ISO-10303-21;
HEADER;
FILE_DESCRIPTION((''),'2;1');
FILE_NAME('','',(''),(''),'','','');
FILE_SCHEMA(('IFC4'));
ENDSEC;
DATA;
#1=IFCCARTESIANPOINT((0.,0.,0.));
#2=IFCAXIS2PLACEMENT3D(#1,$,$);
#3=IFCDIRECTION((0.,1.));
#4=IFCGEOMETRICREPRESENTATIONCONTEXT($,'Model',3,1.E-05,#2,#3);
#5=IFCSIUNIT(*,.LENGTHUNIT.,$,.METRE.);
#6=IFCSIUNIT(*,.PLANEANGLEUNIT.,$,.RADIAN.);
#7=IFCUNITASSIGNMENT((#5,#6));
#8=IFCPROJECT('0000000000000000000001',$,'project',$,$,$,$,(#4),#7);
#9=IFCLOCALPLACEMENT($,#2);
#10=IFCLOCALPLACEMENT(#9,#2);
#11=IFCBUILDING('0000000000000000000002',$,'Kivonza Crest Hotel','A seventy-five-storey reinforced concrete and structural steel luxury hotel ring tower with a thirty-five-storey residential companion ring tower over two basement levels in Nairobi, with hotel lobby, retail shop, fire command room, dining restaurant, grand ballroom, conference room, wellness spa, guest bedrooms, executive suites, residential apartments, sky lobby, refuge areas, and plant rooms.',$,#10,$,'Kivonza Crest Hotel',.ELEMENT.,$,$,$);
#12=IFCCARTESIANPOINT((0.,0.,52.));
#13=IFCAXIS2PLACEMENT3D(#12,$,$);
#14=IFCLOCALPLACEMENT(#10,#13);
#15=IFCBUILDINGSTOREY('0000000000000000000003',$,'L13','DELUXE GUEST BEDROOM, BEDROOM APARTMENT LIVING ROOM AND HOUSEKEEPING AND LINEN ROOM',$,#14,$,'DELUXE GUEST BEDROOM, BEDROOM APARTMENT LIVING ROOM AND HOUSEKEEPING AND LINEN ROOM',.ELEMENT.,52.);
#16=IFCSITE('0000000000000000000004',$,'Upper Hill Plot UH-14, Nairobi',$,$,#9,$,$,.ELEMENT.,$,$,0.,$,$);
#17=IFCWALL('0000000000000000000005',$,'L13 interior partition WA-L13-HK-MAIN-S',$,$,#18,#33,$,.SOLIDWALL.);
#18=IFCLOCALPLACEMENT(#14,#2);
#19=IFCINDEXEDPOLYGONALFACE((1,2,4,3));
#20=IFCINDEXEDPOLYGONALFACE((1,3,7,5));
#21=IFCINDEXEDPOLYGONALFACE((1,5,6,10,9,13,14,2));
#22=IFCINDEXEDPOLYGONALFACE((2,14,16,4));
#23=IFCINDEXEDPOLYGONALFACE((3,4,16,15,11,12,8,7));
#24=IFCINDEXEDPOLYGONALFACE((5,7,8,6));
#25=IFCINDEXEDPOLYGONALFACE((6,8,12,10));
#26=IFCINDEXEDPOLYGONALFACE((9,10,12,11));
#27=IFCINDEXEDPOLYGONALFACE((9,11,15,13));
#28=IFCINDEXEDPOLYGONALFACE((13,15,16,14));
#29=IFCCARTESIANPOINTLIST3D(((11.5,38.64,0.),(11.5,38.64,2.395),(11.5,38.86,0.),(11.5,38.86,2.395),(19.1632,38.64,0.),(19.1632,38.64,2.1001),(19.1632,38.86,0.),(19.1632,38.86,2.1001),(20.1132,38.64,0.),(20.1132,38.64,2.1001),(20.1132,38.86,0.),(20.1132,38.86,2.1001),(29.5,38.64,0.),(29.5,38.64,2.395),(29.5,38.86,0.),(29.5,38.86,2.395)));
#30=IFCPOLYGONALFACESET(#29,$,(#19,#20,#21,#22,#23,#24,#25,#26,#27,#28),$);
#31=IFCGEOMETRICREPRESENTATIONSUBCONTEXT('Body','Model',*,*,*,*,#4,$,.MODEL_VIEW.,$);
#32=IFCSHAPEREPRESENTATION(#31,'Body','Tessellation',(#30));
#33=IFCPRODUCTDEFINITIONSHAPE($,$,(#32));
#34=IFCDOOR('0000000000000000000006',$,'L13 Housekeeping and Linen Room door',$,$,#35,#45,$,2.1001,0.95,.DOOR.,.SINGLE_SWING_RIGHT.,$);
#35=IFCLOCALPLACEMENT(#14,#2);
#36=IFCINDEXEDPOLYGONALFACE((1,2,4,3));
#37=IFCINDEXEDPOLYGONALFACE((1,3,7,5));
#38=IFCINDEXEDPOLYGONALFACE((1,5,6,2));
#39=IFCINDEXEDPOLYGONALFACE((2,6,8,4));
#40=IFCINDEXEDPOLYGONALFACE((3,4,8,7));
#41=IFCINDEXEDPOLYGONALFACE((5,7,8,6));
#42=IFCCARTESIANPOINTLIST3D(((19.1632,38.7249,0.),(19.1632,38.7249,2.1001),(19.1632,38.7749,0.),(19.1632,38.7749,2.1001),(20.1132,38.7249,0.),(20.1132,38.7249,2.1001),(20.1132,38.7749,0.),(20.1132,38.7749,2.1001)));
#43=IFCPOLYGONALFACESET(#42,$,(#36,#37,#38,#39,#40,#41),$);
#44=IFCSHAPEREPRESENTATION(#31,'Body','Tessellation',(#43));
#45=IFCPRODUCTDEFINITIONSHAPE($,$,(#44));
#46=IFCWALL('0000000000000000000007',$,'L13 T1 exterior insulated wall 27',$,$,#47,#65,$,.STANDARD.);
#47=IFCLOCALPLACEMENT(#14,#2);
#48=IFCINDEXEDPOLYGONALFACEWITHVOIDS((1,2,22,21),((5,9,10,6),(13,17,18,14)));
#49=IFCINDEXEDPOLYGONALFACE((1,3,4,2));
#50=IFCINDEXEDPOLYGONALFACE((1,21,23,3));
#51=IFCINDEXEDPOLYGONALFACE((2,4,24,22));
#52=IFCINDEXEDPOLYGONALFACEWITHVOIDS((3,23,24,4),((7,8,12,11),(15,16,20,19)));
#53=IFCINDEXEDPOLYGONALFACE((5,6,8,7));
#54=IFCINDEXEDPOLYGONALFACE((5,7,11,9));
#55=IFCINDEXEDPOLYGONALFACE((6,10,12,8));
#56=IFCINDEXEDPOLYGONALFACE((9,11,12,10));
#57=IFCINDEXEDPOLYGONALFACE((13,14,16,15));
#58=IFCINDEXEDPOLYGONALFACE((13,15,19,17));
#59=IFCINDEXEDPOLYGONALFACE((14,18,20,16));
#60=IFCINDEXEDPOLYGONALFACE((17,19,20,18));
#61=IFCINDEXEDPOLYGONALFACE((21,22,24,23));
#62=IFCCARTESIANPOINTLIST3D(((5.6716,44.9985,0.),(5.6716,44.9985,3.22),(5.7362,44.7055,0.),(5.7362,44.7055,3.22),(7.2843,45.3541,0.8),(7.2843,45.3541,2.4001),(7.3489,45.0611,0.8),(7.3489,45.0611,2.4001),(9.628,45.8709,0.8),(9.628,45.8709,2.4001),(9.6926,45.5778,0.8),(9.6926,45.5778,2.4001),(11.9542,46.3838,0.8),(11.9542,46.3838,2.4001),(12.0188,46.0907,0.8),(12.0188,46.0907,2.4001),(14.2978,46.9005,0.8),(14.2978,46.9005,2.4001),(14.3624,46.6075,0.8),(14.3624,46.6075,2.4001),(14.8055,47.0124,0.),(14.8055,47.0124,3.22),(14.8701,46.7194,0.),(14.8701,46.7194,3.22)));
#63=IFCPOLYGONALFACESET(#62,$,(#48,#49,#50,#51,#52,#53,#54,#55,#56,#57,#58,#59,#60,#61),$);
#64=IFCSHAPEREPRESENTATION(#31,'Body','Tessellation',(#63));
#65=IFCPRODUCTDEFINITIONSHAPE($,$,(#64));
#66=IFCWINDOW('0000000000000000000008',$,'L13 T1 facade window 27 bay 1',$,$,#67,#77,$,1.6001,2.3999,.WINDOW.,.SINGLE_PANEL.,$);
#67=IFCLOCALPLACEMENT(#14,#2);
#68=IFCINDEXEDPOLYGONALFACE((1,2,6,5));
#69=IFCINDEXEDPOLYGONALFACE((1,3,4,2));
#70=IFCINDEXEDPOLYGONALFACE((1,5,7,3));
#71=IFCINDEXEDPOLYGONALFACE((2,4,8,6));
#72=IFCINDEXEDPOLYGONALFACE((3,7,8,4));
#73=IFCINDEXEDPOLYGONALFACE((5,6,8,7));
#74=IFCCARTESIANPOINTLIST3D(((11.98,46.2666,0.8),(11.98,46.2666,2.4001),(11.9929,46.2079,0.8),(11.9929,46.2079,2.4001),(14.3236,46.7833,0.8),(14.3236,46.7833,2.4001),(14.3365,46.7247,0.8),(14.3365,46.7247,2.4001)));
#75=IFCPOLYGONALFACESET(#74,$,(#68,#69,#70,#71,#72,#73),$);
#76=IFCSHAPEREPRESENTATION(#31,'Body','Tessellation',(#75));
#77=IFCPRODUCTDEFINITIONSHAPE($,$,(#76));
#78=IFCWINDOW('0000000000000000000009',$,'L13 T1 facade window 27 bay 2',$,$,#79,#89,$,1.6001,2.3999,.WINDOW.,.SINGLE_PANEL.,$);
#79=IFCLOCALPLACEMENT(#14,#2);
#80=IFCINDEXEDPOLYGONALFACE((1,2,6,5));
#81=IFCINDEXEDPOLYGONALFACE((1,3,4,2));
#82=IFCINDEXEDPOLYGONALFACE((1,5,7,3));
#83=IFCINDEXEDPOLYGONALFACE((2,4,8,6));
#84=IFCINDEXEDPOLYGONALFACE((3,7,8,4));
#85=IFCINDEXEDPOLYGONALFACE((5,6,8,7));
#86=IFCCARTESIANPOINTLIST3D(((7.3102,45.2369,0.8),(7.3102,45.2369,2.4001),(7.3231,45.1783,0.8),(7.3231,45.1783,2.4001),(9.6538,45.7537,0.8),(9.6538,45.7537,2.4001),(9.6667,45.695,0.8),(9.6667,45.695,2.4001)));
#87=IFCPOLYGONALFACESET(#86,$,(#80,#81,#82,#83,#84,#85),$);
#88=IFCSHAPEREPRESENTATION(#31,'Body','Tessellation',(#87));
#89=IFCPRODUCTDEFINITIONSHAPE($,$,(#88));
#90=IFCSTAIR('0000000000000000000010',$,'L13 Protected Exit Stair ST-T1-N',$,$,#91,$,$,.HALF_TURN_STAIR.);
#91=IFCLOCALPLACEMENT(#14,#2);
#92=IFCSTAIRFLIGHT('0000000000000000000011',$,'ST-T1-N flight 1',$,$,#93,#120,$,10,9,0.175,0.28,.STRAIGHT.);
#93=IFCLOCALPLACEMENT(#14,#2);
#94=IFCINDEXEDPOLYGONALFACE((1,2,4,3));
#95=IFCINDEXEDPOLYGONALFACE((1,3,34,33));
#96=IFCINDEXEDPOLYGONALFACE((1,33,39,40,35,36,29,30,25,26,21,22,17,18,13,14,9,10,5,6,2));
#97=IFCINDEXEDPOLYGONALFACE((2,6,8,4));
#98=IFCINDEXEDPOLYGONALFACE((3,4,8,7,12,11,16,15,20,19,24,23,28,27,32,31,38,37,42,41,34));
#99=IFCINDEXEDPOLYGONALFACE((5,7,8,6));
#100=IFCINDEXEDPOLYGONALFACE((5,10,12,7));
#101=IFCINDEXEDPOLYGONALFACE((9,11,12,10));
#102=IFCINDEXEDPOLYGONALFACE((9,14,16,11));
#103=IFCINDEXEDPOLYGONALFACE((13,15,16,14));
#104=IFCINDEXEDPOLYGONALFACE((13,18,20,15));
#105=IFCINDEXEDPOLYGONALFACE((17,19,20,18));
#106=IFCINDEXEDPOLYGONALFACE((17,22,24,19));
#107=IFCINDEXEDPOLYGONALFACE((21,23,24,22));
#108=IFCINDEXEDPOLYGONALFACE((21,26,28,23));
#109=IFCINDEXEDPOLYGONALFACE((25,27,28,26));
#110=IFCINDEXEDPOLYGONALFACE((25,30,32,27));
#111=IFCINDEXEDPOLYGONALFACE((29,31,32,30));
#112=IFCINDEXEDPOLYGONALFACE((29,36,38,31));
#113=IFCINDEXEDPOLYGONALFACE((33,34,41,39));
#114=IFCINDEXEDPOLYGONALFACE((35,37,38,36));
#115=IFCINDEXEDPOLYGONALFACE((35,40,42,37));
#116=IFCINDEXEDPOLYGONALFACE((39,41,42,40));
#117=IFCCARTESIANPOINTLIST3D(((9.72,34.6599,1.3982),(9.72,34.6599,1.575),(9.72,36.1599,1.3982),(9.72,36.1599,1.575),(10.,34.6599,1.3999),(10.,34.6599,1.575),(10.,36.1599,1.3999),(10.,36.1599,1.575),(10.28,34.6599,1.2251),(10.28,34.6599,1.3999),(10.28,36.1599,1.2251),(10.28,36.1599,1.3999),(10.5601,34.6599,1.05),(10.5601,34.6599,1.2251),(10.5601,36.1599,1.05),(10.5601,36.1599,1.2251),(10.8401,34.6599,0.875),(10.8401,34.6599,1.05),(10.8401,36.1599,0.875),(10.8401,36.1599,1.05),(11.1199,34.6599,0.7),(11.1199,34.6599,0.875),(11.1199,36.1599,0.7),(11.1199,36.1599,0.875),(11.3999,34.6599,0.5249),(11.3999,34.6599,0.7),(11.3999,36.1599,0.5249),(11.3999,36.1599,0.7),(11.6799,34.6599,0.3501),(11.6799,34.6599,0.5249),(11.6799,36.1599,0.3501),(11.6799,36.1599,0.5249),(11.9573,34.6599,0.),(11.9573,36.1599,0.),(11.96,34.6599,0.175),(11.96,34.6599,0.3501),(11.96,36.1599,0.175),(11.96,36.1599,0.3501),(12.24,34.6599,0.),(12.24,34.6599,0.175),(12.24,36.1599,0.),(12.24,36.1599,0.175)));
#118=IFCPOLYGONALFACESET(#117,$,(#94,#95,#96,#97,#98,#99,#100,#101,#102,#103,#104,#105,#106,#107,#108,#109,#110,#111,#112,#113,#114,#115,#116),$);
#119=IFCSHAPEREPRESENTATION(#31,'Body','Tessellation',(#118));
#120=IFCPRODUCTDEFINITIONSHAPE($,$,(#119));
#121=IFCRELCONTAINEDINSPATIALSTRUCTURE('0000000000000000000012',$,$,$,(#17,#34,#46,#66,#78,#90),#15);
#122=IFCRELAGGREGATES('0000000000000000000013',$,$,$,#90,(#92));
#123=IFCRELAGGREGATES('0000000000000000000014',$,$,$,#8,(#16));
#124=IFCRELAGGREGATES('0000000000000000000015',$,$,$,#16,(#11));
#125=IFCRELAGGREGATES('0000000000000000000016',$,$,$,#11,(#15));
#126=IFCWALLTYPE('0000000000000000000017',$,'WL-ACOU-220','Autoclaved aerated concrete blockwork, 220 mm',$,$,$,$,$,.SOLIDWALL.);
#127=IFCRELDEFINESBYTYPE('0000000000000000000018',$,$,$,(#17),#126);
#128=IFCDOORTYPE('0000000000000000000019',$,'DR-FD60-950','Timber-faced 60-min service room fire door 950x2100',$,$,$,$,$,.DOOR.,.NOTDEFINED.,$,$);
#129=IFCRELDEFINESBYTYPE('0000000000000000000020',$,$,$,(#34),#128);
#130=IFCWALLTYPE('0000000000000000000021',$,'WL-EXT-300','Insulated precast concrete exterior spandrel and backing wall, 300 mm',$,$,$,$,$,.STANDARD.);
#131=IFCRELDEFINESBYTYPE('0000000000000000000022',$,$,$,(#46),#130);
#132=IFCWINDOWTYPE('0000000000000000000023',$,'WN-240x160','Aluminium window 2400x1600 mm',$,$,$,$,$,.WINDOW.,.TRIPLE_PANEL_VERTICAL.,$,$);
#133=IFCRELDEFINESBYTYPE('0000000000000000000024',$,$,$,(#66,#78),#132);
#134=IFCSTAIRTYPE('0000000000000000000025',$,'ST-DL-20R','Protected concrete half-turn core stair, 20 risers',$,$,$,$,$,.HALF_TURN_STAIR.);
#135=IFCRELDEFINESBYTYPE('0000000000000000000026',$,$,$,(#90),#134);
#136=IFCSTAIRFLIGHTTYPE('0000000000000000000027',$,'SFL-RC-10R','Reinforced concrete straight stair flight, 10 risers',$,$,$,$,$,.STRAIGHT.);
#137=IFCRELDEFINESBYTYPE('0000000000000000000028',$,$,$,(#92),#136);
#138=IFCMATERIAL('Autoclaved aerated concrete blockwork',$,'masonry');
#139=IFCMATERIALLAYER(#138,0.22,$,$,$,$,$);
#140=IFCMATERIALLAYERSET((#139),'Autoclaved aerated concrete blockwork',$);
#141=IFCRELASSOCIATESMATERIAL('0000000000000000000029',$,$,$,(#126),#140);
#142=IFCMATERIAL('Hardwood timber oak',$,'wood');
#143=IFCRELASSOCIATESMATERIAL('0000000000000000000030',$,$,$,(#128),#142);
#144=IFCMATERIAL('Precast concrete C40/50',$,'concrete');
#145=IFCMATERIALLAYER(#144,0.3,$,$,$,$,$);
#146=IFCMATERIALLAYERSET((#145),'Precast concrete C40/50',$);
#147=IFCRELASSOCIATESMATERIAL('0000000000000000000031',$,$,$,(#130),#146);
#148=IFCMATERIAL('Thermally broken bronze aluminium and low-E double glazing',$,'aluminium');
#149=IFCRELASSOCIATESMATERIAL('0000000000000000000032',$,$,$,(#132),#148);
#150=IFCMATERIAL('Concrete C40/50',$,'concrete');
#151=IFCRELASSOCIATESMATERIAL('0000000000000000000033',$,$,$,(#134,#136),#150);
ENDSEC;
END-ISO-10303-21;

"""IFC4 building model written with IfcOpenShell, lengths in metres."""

from ifc_helpers import new_model, si_unit, direction, frame, frame_2d, origin, place, context, subcontext, project, spatial, polyline, rectangle, outline, extrude, material, layer, layer_set, type_object, element, fill, aggregate, save


model = new_model("IFC4")

# Units and contexts
model_context = context("Model", 3, precision=1e-05, world=origin(), true_north=direction((0.0, 1.0)))
body_context = subcontext(model_context, "Body", "Model", "MODEL_VIEW")
ifc_project = project(units=[si_unit("LENGTHUNIT", "METRE"), si_unit("PLANEANGLEUNIT", "RADIAN")], contexts=[model_context])

# Site, building, storey
site_placement = place(None, origin())
site = spatial("IfcSite", under=ifc_project, at=site_placement, Name="Upper Hill Plot UH-14, Nairobi", CompositionType="ELEMENT", RefElevation=0.0)
building_placement = place(site_placement, origin())
building = spatial("IfcBuilding", under=site, at=building_placement, Name="Kivonza Crest Hotel", Description="A seventy-five-storey reinforced concrete and structural steel luxury hotel ring tower with a thirty-five-storey residential companion ring tower over two basement levels in Nairobi, with hotel lobby, retail shop, fire command room, dining restaurant, grand ballroom, conference room, wellness spa, guest bedrooms, executive suites, residential apartments, sky lobby, refuge areas, and plant rooms.", LongName="Kivonza Crest Hotel", CompositionType="ELEMENT")
storey_placement = place(building_placement, frame((0.0, 0.0, 52.0)))
storey = spatial("IfcBuildingStorey", under=building, at=storey_placement, Name="L13", Description="DELUXE GUEST BEDROOM, BEDROOM APARTMENT LIVING ROOM AND HOUSEKEEPING AND LINEN ROOM", LongName="DELUXE GUEST BEDROOM, BEDROOM APARTMENT LIVING ROOM AND HOUSEKEEPING AND LINEN ROOM", CompositionType="ELEMENT", Elevation=52.0)

# Wall, opening, door
ifc_material_1 = material(Name="Autoclaved aerated concrete blockwork", Category="masonry")
ifc_layer_1 = layer(ifc_material_1, 0.22)
ifc_layer_set_1 = layer_set([ifc_layer_1], Name="Autoclaved aerated concrete blockwork")
wall_type_1 = type_object("IfcWallType", Name="WL-ACOU-220", Description="Autoclaved aerated concrete blockwork, 220 mm", PredefinedType="SOLIDWALL", material=ifc_layer_set_1)
wall_1_placement = place(storey_placement, frame((11.5, 38.75, 0.0), z_axis=(0.0, 0.0, 1.0), x_axis=(1.0, 0.0, 0.0)))
wall_1 = element("IfcWall", 1, at=wall_1_placement, inside=storey, type_object=wall_type_1, Name="L13 interior partition WA-L13-HK-MAIN-S", PredefinedType="SOLIDWALL", context=body_context, shape_type="SweptSolid", body=[
    extrude(rectangle(XDim=18.0, YDim=0.22, at=frame_2d((9.0, 0.0))), origin(), (0.0, 0.0, 1.0), 2.395),
])
opening_1_placement = place(wall_1_placement, frame((7.6631, 0.0, 0.0)))
opening_1 = element("IfcOpeningElement", 2, at=opening_1_placement, cuts=wall_1, PredefinedType="OPENING", context=body_context, shape_type="SweptSolid", body=[
    extrude(rectangle(XDim=0.95, YDim=2.1001, at=frame_2d((0.4751, 1.05))), frame((0.0, 0.1201, 0.0), z_axis=(0.0, -1.0, 0.0), x_axis=(1.0, 0.0, 0.0)), (0.0, 0.0, 1.0), 0.24),
])
ifc_material_2 = material(Name="Hardwood timber oak", Category="wood")
door_type = type_object("IfcDoorType", Name="DR-FD60-950", Description="Timber-faced 60-min service room fire door 950x2100", OperationType="NOTDEFINED", PredefinedType="DOOR", material=ifc_material_2)
door_placement = place(opening_1_placement, origin())
door = element("IfcDoor", 3, at=door_placement, inside=storey, type_object=door_type, Name="L13 Housekeeping and Linen Room door", OperationType="SINGLE_SWING_RIGHT", OverallHeight=2.1001, OverallWidth=0.95, PredefinedType="DOOR", context=body_context, shape_type="SweptSolid", body=[
    extrude(rectangle(XDim=0.95, YDim=2.1001, at=frame_2d((0.4751, 1.05))), frame((0.0, 0.0249, 0.0), z_axis=(0.0, -1.0, 0.0), x_axis=(1.0, 0.0, 0.0)), (0.0, 0.0, 1.0), 0.05),
])
fill(opening_1, door)

# Wall, openings, windows
ifc_material_3 = material(Name="Precast concrete C40/50", Category="concrete")
ifc_layer_2 = layer(ifc_material_3, 0.3)
ifc_layer_set_2 = layer_set([ifc_layer_2], Name="Precast concrete C40/50")
wall_type_2 = type_object("IfcWallType", Name="WL-EXT-300", Description="Insulated precast concrete exterior spandrel and backing wall, 300 mm", PredefinedType="STANDARD", material=ifc_layer_set_2)
wall_2_placement = place(storey_placement, frame((14.8379, 46.866, 0.0), z_axis=(0.0, 0.0, 1.0), x_axis=(-0.976544, -0.215319, 0.0)))
wall_2 = element("IfcWall", 4, at=wall_2_placement, inside=storey, type_object=wall_type_2, Name="L13 T1 exterior insulated wall 27", PredefinedType="STANDARD", context=body_context, shape_type="SweptSolid", body=[
    extrude(rectangle(XDim=9.3533, YDim=0.3, at=frame_2d((4.6768, 0.0))), origin(), (0.0, 0.0, 1.0), 3.22),
])
opening_2_placement = place(wall_2_placement, frame((0.52, 0.0, 0.8)))
opening_2 = element("IfcOpeningElement", 5, at=opening_2_placement, cuts=wall_2, PredefinedType="OPENING", context=body_context, shape_type="SweptSolid", body=[
    extrude(rectangle(XDim=2.3999, YDim=1.6001, at=frame_2d((1.2, 0.8))), frame((0.0, 0.1602, 0.0), z_axis=(0.0, -1.0, 0.0), x_axis=(1.0, 0.0, 0.0)), (0.0, 0.0, 1.0), 0.3201),
])
opening_3_placement = place(wall_2_placement, frame((5.302, 0.0, 0.8)))
opening_3 = element("IfcOpeningElement", 6, at=opening_3_placement, cuts=wall_2, PredefinedType="OPENING", context=body_context, shape_type="SweptSolid", body=[
    extrude(rectangle(XDim=2.3999, YDim=1.6001, at=frame_2d((1.2, 0.8))), frame((0.0, 0.1602, 0.0), z_axis=(0.0, -1.0, 0.0), x_axis=(1.0, 0.0, 0.0)), (0.0, 0.0, 1.0), 0.3201),
])
ifc_material_4 = material(Name="Thermally broken bronze aluminium and low-E double glazing", Category="aluminium")
window_type = type_object("IfcWindowType", Name="WN-240x160", Description="Aluminium window 2400x1600 mm", PartitioningType="TRIPLE_PANEL_VERTICAL", PredefinedType="WINDOW", material=ifc_material_4)
window_1_placement = place(opening_2_placement, origin())
window_1 = element("IfcWindow", 7, at=window_1_placement, inside=storey, type_object=window_type, Name="L13 T1 facade window 27 bay 1", OverallHeight=1.6001, OverallWidth=2.3999, PartitioningType="SINGLE_PANEL", PredefinedType="WINDOW", context=body_context, shape_type="SweptSolid", body=[
    extrude(rectangle(XDim=2.3999, YDim=1.6001, at=frame_2d((1.2, 0.8))), frame((0.0, 0.03, 0.0), z_axis=(0.0, -1.0, 0.0), x_axis=(1.0, 0.0, 0.0)), (0.0, 0.0, 1.0), 0.0601),
])
fill(opening_2, window_1)
window_2_placement = place(opening_3_placement, origin())
window_2 = element("IfcWindow", 8, at=window_2_placement, inside=storey, type_object=window_type, Name="L13 T1 facade window 27 bay 2", OverallHeight=1.6001, OverallWidth=2.3999, PartitioningType="SINGLE_PANEL", PredefinedType="WINDOW", context=body_context, shape_type="SweptSolid", body=[
    extrude(rectangle(XDim=2.3999, YDim=1.6001, at=frame_2d((1.2, 0.8))), frame((0.0, 0.03, 0.0), z_axis=(0.0, -1.0, 0.0), x_axis=(1.0, 0.0, 0.0)), (0.0, 0.0, 1.0), 0.0601),
])
fill(opening_3, window_2)

# Stair, stair flight
ifc_material_5 = material(Name="Concrete C40/50", Category="concrete")
stair_type = type_object("IfcStairType", Name="ST-DL-20R", Description="Protected concrete half-turn core stair, 20 risers", PredefinedType="HALF_TURN_STAIR", material=ifc_material_5)
stair_placement = place(storey_placement, origin())
stair = element("IfcStair", 9, at=stair_placement, inside=storey, type_object=stair_type, Name="L13 Protected Exit Stair ST-T1-N", PredefinedType="HALF_TURN_STAIR")
stair_flight_type = type_object("IfcStairFlightType", Name="SFL-RC-10R", Description="Reinforced concrete straight stair flight, 10 risers", PredefinedType="STRAIGHT", material=ifc_material_5)
stair_flight_placement = place(storey_placement, frame((12.24, 35.4099, 0.0), z_axis=(0.0, 0.0, 1.0), x_axis=(-1.0, 0.0, 0.0)))
stair_flight = element("IfcStairFlight", 10, at=stair_flight_placement, type_object=stair_flight_type, Name="ST-T1-N flight 1", NumberOfRisers=10, NumberOfTreads=9, PredefinedType="STRAIGHT", RiserHeight=0.175, TreadLength=0.28, context=body_context, shape_type="SweptSolid", body=[
    extrude(outline(polyline([(0.0, 0.0), (0.0, 0.175), (0.28, 0.175), (0.28, 0.3501), (0.5601, 0.3501), (0.5601, 0.5249), (0.8401, 0.5249), (0.8401, 0.7), (1.1201, 0.7), (1.1201, 0.875), (1.3999, 0.875), (1.3999, 1.05), (1.6799, 1.05), (1.6799, 1.2251), (1.96, 1.2251), (1.96, 1.3999), (2.24, 1.3999), (2.24, 1.575), (2.52, 1.575), (2.52, 1.75), (2.52, 1.3982), (0.2827, 0.0), (0.0, 0.0)])), frame((0.0, 0.75, 0.0), z_axis=(0.0, -1.0, 0.0), x_axis=(1.0, 0.0, 0.0)), (0.0, 0.0, 1.0), 1.5),
])
aggregate(stair, [stair_flight])

save(model, "model.ifc")
